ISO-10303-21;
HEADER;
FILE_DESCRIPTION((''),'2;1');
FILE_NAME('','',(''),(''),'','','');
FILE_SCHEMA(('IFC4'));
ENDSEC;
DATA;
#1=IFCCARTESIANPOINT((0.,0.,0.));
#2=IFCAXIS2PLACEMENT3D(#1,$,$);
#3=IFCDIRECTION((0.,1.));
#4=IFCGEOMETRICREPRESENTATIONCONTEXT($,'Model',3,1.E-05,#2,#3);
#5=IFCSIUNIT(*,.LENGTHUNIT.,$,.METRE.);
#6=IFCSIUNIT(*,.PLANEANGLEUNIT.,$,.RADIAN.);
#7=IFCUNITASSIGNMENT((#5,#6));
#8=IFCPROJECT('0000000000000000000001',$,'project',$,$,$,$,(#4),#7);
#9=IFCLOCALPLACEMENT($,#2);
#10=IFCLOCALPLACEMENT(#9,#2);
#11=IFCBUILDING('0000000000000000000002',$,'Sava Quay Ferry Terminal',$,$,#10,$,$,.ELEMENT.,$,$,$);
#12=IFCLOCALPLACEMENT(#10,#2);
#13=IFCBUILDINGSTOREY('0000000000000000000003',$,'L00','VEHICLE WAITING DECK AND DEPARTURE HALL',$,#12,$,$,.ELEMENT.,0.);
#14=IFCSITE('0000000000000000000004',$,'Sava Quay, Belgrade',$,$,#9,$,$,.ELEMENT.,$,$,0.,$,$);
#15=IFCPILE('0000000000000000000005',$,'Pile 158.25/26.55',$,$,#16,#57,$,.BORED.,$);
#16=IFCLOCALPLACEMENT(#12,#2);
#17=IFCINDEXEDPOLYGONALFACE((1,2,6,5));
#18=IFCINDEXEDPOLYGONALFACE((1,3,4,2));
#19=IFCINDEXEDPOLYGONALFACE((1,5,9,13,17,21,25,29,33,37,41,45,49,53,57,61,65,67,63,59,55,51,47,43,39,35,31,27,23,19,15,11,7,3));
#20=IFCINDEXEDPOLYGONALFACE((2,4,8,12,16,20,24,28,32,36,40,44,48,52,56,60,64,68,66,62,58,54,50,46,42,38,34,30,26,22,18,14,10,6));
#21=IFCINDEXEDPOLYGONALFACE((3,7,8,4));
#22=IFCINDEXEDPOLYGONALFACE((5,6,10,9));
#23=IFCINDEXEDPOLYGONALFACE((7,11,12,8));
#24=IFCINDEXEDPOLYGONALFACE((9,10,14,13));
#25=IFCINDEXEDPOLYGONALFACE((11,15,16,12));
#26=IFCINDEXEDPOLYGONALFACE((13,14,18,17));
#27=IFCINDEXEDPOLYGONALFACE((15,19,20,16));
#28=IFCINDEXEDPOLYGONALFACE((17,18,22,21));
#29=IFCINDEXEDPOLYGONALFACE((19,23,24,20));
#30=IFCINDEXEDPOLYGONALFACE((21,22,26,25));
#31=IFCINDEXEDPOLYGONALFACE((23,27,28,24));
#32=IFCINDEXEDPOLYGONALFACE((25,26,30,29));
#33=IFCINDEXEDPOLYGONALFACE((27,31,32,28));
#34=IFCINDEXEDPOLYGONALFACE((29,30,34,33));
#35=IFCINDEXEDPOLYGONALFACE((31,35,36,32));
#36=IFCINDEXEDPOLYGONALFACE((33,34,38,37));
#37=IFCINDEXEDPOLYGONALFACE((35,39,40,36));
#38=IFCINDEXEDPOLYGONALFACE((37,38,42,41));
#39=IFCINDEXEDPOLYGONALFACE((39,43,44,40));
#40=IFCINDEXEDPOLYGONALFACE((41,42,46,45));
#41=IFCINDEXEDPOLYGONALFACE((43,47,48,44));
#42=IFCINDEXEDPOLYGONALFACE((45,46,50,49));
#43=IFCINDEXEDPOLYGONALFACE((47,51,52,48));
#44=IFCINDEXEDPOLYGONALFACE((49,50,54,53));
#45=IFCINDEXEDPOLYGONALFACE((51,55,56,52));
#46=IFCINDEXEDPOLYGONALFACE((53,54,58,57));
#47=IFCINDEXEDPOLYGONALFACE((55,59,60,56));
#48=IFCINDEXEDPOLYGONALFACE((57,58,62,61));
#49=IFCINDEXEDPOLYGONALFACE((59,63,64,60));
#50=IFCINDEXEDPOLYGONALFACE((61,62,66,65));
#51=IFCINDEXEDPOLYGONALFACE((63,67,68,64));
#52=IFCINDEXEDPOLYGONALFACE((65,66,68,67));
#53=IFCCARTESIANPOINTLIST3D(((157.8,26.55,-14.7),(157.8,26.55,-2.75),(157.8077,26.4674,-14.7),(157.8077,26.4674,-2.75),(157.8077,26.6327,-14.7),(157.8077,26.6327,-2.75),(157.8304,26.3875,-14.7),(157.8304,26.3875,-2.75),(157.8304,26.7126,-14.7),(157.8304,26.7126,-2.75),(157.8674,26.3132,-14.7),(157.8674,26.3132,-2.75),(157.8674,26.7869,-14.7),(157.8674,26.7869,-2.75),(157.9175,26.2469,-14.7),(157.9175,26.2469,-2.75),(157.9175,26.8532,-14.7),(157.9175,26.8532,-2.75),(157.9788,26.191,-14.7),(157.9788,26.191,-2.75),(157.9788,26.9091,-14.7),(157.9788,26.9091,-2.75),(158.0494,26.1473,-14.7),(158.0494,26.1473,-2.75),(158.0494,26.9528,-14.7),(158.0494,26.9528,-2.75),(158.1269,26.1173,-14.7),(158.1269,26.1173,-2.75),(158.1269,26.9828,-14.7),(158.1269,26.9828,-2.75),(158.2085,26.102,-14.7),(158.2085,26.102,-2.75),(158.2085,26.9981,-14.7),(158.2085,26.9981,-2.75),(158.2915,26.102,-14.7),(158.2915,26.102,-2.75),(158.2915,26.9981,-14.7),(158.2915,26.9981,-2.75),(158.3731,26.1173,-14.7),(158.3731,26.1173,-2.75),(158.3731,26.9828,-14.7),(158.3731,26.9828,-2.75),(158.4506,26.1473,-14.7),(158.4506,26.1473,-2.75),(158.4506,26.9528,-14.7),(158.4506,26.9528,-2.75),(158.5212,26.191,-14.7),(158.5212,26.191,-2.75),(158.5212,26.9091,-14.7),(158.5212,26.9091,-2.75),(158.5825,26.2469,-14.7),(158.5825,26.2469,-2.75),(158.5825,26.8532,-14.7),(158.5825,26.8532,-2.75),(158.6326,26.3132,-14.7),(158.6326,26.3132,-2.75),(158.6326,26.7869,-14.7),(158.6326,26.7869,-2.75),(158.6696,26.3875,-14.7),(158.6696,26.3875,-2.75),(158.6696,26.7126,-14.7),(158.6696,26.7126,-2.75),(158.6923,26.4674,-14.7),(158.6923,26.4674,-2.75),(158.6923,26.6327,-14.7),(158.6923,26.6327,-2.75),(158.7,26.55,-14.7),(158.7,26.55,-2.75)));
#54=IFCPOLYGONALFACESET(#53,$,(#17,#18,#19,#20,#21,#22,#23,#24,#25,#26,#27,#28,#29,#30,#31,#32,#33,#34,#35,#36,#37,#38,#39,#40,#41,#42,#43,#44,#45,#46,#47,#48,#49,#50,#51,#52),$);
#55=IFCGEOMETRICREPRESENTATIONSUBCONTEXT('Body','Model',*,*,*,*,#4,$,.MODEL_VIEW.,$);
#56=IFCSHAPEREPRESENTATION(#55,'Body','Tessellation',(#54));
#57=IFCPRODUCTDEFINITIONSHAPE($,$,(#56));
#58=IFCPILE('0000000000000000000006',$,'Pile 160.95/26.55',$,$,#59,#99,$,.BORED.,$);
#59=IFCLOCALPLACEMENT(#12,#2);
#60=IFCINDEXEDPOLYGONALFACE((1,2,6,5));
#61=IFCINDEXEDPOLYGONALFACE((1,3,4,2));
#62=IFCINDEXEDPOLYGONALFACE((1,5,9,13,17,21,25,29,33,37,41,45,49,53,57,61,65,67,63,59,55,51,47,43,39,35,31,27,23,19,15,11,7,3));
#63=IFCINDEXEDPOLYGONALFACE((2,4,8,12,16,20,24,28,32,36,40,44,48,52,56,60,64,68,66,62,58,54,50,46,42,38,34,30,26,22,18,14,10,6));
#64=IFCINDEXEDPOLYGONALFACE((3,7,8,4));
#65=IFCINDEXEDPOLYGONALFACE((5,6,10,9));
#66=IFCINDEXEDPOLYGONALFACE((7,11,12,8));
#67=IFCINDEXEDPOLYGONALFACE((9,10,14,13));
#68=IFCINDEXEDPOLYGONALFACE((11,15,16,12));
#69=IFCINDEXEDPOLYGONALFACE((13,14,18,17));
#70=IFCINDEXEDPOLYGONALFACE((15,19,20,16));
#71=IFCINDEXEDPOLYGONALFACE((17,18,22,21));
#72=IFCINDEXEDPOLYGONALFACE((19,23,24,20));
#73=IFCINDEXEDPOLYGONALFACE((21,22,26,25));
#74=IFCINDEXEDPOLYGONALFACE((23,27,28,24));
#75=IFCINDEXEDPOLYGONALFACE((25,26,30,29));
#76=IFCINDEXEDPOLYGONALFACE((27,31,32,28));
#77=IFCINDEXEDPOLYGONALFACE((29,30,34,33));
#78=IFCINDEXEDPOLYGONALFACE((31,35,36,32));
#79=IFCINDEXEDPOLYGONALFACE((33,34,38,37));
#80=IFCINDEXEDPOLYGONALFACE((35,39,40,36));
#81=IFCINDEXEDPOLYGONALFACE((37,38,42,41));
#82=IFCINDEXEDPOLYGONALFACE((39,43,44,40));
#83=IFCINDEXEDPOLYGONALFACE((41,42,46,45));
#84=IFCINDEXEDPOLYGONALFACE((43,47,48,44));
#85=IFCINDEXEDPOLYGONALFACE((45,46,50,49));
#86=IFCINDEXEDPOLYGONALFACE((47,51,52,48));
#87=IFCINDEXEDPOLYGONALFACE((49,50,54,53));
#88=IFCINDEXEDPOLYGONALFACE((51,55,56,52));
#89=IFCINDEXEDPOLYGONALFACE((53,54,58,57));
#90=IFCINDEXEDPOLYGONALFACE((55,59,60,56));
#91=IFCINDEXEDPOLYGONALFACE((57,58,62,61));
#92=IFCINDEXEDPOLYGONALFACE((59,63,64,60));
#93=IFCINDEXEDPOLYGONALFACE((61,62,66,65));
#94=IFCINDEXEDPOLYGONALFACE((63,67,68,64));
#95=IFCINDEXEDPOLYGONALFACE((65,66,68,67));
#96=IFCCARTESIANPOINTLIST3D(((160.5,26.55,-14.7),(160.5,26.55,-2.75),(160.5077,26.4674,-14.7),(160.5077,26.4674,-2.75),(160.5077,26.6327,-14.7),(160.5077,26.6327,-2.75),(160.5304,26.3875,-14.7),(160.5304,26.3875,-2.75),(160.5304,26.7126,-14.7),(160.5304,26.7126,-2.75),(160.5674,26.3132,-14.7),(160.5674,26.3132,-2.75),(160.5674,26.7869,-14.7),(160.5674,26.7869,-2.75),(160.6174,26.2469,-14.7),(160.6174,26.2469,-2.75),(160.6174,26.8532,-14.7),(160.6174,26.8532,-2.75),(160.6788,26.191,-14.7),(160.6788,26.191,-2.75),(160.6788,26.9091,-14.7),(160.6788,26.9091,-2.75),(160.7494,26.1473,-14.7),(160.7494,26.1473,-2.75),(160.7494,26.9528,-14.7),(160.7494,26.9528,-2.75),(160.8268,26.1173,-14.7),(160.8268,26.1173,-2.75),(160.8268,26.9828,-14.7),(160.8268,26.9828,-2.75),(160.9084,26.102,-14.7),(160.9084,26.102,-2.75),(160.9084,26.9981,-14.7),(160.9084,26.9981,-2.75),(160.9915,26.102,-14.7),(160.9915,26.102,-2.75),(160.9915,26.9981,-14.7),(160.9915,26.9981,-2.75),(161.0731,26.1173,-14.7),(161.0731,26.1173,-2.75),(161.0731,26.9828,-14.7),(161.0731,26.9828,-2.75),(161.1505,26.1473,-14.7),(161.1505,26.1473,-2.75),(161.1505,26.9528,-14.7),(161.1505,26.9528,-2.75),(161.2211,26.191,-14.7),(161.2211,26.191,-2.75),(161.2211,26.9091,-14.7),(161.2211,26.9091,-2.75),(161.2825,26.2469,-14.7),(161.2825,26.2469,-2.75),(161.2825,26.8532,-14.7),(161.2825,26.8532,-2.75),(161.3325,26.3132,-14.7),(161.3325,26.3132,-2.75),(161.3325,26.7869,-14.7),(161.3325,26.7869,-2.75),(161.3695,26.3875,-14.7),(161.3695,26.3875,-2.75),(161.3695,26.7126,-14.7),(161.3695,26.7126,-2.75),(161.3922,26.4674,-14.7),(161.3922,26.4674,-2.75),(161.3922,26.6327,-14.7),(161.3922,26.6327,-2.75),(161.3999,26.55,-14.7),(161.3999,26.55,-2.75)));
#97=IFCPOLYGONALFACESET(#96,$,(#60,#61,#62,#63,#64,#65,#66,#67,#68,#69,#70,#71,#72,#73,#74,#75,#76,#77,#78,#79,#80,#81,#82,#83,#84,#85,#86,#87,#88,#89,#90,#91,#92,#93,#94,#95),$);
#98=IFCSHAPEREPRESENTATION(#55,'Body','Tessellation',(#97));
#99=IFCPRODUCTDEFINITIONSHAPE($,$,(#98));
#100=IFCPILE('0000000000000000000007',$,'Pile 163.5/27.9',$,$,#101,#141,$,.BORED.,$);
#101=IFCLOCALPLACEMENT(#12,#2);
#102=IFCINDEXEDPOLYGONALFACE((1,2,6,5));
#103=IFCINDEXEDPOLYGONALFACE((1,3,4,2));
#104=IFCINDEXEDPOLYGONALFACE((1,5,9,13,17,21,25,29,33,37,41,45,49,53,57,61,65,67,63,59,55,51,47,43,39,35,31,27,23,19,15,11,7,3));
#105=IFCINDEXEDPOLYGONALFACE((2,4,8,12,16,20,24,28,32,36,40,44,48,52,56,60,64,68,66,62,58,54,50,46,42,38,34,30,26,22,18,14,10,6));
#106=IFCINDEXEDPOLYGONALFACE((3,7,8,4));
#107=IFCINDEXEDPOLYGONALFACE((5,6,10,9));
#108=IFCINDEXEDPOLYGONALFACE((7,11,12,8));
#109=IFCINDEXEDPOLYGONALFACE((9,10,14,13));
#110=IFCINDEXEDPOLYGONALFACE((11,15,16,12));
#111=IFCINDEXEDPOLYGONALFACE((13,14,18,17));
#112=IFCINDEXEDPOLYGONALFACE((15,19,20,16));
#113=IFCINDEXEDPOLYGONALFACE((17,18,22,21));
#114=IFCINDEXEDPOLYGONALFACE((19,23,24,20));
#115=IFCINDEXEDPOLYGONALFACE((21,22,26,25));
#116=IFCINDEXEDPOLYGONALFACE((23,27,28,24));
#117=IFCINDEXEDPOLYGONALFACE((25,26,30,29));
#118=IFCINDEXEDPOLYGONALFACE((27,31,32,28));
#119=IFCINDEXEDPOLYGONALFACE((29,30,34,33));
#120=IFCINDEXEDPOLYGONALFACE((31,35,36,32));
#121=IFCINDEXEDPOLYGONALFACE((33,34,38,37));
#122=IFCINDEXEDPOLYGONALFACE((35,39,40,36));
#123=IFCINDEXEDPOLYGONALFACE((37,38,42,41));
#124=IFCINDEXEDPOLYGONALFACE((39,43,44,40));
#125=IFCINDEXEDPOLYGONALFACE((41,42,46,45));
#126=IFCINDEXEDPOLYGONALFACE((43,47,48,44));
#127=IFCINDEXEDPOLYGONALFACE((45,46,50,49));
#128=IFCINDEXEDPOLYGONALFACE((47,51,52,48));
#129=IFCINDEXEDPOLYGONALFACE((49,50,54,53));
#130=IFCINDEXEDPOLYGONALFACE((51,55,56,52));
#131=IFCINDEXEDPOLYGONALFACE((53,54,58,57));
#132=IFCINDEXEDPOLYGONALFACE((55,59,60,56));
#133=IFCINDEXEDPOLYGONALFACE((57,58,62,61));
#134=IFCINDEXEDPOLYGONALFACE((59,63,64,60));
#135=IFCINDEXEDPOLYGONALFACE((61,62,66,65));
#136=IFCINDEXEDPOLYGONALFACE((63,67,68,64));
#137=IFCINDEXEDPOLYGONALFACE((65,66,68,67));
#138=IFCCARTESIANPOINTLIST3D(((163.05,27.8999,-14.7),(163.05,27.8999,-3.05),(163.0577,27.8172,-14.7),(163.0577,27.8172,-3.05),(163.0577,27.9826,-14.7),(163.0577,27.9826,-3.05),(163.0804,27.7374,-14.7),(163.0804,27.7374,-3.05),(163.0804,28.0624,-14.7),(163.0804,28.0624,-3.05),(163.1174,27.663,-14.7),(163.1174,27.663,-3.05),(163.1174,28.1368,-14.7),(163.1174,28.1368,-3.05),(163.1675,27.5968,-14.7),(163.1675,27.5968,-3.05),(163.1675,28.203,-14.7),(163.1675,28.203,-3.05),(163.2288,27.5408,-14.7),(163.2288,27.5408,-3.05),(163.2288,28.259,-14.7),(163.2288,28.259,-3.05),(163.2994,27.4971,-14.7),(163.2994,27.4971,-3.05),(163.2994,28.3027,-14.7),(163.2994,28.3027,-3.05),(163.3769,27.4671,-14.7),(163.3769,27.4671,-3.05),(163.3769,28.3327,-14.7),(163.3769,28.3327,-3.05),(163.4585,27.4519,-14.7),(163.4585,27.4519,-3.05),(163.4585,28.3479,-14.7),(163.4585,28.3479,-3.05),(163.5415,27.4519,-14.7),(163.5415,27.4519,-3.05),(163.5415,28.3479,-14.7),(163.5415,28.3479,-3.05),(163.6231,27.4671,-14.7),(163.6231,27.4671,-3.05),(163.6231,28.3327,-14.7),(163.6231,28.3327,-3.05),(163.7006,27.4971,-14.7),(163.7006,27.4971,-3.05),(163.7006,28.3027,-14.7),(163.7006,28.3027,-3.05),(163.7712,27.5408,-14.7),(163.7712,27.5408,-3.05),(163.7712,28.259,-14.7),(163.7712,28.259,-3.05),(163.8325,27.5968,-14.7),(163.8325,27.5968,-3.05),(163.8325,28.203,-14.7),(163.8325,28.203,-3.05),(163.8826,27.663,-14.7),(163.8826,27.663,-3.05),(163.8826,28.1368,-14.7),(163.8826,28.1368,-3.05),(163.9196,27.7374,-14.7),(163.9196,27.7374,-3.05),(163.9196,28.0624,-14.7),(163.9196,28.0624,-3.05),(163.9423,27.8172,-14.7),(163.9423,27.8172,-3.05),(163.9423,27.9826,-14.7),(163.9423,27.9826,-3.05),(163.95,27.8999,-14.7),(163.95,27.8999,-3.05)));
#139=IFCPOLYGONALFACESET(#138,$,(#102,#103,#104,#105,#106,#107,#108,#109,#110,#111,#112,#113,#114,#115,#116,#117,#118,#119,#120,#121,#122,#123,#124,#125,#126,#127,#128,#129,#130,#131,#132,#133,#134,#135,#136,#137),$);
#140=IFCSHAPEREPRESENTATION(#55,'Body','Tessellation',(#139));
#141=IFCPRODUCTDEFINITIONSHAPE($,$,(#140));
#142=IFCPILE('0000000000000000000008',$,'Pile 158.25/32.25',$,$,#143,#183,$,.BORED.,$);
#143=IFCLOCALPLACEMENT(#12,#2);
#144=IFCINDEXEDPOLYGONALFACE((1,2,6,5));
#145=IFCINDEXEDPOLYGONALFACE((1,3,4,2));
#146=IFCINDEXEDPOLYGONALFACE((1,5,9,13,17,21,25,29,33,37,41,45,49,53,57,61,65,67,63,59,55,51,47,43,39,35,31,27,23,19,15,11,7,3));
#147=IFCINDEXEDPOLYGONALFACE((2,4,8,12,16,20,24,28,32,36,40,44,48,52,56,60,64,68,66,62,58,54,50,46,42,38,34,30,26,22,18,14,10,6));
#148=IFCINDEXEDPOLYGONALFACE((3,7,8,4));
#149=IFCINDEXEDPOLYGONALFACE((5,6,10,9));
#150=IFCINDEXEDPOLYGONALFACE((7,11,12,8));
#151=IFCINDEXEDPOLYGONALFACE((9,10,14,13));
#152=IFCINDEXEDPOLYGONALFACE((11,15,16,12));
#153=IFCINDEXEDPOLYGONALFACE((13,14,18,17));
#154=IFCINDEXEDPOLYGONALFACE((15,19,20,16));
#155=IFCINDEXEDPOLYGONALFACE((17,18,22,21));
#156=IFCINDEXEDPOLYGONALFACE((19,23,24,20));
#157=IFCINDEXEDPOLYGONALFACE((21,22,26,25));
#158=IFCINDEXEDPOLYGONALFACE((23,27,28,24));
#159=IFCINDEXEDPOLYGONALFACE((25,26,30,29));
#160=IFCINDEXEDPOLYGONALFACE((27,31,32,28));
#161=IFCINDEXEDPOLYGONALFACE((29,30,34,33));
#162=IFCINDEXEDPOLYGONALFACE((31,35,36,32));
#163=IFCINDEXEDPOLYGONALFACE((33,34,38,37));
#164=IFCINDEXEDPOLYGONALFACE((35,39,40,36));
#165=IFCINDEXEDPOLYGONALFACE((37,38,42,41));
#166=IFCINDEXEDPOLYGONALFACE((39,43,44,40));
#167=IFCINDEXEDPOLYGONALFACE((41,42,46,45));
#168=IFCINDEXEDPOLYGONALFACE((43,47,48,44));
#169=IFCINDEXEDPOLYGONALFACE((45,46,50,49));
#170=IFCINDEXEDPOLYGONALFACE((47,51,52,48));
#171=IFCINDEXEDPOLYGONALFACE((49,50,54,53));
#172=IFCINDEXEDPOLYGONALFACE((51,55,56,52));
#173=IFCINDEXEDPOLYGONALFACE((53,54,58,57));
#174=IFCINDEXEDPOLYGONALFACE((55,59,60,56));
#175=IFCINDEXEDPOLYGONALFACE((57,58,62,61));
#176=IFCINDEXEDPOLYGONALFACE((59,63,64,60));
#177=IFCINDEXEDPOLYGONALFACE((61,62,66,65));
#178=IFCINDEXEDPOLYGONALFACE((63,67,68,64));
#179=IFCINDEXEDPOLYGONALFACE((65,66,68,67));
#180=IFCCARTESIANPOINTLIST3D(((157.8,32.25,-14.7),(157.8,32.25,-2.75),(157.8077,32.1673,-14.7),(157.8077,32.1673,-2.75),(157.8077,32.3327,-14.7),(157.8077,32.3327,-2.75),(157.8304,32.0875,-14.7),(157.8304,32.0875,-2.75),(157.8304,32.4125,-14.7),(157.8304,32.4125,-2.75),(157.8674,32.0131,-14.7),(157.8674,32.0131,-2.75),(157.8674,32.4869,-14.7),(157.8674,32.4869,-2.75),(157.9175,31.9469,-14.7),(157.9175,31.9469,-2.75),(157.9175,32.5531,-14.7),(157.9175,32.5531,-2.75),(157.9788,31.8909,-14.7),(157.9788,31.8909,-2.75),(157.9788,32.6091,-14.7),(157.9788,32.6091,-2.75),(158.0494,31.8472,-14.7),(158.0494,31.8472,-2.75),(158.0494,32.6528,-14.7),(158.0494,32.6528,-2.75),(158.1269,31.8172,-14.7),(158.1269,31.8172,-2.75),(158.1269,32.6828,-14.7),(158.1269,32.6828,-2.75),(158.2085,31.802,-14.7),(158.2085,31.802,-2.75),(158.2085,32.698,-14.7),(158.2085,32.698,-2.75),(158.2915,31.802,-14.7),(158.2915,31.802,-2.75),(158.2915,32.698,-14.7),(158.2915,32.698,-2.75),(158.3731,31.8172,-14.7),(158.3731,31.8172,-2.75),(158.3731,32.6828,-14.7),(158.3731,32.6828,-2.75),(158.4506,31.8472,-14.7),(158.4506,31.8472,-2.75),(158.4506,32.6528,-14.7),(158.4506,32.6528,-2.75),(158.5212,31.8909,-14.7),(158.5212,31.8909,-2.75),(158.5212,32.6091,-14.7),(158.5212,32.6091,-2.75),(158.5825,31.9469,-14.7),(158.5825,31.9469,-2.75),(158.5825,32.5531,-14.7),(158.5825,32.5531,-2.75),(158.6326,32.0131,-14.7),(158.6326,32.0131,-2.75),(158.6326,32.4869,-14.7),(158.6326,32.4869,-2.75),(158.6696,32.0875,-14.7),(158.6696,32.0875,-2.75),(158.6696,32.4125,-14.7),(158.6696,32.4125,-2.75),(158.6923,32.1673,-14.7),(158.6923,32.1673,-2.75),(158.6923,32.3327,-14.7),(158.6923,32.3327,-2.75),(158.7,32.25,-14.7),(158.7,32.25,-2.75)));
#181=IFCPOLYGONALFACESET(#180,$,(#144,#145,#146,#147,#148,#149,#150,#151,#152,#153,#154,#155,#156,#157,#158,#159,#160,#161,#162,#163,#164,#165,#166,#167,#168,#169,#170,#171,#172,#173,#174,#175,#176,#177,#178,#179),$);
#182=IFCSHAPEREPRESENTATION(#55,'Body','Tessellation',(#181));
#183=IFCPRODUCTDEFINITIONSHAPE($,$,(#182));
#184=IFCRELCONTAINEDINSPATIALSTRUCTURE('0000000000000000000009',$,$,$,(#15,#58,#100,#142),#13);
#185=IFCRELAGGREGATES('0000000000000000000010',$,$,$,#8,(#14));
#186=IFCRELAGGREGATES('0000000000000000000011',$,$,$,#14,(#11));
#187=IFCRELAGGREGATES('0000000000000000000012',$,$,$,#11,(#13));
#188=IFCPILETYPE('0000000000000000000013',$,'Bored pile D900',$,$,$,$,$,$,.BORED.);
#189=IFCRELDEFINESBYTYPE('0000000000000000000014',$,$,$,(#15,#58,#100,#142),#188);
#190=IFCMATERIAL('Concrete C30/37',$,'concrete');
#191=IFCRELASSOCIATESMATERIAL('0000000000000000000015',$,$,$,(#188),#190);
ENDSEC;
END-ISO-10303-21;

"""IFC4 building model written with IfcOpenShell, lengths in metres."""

from ifc_helpers import new_model, si_unit, direction, frame, origin, origin_2d, place, context, subcontext, project, spatial, circle, extrude, material, material_profile, profile_set, type_object, element, save


model = new_model("IFC4")

# Units and contexts
model_context = context("Model", 3, precision=1e-05, world=origin(), true_north=direction((0.0, 1.0)))
body_context = subcontext(model_context, "Body", "Model", "MODEL_VIEW")
ifc_project = project(units=[si_unit("LENGTHUNIT", "METRE"), si_unit("PLANEANGLEUNIT", "RADIAN")], contexts=[model_context])

# Site, building, storey
site_placement = place(None, origin())
site = spatial("IfcSite", under=ifc_project, at=site_placement, Name="Sava Quay, Belgrade", CompositionType="ELEMENT", RefElevation=0.0)
building_placement = place(site_placement, origin())
building = spatial("IfcBuilding", under=site, at=building_placement, Name="Sava Quay Ferry Terminal", CompositionType="ELEMENT")
storey_placement = place(building_placement, origin())
storey = spatial("IfcBuildingStorey", under=building, at=storey_placement, Name="L00", Description="VEHICLE WAITING DECK AND DEPARTURE HALL", CompositionType="ELEMENT", Elevation=0.0)

# Piles
ifc_material_1 = material(Name="Concrete C30/37", Category="concrete")
ifc_material_profile_1 = material_profile(ifc_material_1, circle(Radius=0.45, at=origin_2d()), Name="Bored pile D900")
ifc_profile_set_1 = profile_set([ifc_material_profile_1], Name="Concrete C30/37")
pile_type = type_object("IfcPileType", Name="Bored pile D900", PredefinedType="BORED", material=ifc_profile_set_1)
for number, where, z_axis, x_axis, name in (
    (1, (158.25, 26.55, -2.75), (0.0, 0.0, -1.0), (1.0, 0.0, 0.0), "Pile 158.25/26.55"),
    (2, (160.95, 26.55, -2.75), (0.0, 0.0, -1.0), (1.0, 0.0, 0.0), "Pile 160.95/26.55"),
):
    element("IfcPile", number, at=place(storey_placement, frame(where, z_axis=z_axis, x_axis=x_axis)), inside=storey, type_object=pile_type, Name=name, PredefinedType="BORED", context=body_context, shape_type="SweptSolid", body=[
        extrude(circle(Radius=0.45, at=origin_2d()), origin(), (0.0, 0.0, 1.0), 11.95),
    ])
pile_placement = place(storey_placement, frame((163.5, 27.8999, -3.05), z_axis=(0.0, 0.0, -1.0), x_axis=(1.0, 0.0, 0.0)))
element("IfcPile", 3, at=pile_placement, inside=storey, type_object=pile_type, Name="Pile 163.5/27.9", PredefinedType="BORED", context=body_context, shape_type="SweptSolid", body=[
    extrude(circle(Radius=0.45, at=origin_2d()), origin(), (0.0, 0.0, 1.0), 11.6499),
])
for number, where, z_axis, x_axis, name in (
    (4, (158.25, 32.25, -2.75), (0.0, 0.0, -1.0), (1.0, 0.0, 0.0), "Pile 158.25/32.25"),
):
    element("IfcPile", number, at=place(storey_placement, frame(where, z_axis=z_axis, x_axis=x_axis)), inside=storey, type_object=pile_type, Name=name, PredefinedType="BORED", context=body_context, shape_type="SweptSolid", body=[
        extrude(circle(Radius=0.45, at=origin_2d()), origin(), (0.0, 0.0, 1.0), 11.95),
    ])

save(model, "model.ifc")
